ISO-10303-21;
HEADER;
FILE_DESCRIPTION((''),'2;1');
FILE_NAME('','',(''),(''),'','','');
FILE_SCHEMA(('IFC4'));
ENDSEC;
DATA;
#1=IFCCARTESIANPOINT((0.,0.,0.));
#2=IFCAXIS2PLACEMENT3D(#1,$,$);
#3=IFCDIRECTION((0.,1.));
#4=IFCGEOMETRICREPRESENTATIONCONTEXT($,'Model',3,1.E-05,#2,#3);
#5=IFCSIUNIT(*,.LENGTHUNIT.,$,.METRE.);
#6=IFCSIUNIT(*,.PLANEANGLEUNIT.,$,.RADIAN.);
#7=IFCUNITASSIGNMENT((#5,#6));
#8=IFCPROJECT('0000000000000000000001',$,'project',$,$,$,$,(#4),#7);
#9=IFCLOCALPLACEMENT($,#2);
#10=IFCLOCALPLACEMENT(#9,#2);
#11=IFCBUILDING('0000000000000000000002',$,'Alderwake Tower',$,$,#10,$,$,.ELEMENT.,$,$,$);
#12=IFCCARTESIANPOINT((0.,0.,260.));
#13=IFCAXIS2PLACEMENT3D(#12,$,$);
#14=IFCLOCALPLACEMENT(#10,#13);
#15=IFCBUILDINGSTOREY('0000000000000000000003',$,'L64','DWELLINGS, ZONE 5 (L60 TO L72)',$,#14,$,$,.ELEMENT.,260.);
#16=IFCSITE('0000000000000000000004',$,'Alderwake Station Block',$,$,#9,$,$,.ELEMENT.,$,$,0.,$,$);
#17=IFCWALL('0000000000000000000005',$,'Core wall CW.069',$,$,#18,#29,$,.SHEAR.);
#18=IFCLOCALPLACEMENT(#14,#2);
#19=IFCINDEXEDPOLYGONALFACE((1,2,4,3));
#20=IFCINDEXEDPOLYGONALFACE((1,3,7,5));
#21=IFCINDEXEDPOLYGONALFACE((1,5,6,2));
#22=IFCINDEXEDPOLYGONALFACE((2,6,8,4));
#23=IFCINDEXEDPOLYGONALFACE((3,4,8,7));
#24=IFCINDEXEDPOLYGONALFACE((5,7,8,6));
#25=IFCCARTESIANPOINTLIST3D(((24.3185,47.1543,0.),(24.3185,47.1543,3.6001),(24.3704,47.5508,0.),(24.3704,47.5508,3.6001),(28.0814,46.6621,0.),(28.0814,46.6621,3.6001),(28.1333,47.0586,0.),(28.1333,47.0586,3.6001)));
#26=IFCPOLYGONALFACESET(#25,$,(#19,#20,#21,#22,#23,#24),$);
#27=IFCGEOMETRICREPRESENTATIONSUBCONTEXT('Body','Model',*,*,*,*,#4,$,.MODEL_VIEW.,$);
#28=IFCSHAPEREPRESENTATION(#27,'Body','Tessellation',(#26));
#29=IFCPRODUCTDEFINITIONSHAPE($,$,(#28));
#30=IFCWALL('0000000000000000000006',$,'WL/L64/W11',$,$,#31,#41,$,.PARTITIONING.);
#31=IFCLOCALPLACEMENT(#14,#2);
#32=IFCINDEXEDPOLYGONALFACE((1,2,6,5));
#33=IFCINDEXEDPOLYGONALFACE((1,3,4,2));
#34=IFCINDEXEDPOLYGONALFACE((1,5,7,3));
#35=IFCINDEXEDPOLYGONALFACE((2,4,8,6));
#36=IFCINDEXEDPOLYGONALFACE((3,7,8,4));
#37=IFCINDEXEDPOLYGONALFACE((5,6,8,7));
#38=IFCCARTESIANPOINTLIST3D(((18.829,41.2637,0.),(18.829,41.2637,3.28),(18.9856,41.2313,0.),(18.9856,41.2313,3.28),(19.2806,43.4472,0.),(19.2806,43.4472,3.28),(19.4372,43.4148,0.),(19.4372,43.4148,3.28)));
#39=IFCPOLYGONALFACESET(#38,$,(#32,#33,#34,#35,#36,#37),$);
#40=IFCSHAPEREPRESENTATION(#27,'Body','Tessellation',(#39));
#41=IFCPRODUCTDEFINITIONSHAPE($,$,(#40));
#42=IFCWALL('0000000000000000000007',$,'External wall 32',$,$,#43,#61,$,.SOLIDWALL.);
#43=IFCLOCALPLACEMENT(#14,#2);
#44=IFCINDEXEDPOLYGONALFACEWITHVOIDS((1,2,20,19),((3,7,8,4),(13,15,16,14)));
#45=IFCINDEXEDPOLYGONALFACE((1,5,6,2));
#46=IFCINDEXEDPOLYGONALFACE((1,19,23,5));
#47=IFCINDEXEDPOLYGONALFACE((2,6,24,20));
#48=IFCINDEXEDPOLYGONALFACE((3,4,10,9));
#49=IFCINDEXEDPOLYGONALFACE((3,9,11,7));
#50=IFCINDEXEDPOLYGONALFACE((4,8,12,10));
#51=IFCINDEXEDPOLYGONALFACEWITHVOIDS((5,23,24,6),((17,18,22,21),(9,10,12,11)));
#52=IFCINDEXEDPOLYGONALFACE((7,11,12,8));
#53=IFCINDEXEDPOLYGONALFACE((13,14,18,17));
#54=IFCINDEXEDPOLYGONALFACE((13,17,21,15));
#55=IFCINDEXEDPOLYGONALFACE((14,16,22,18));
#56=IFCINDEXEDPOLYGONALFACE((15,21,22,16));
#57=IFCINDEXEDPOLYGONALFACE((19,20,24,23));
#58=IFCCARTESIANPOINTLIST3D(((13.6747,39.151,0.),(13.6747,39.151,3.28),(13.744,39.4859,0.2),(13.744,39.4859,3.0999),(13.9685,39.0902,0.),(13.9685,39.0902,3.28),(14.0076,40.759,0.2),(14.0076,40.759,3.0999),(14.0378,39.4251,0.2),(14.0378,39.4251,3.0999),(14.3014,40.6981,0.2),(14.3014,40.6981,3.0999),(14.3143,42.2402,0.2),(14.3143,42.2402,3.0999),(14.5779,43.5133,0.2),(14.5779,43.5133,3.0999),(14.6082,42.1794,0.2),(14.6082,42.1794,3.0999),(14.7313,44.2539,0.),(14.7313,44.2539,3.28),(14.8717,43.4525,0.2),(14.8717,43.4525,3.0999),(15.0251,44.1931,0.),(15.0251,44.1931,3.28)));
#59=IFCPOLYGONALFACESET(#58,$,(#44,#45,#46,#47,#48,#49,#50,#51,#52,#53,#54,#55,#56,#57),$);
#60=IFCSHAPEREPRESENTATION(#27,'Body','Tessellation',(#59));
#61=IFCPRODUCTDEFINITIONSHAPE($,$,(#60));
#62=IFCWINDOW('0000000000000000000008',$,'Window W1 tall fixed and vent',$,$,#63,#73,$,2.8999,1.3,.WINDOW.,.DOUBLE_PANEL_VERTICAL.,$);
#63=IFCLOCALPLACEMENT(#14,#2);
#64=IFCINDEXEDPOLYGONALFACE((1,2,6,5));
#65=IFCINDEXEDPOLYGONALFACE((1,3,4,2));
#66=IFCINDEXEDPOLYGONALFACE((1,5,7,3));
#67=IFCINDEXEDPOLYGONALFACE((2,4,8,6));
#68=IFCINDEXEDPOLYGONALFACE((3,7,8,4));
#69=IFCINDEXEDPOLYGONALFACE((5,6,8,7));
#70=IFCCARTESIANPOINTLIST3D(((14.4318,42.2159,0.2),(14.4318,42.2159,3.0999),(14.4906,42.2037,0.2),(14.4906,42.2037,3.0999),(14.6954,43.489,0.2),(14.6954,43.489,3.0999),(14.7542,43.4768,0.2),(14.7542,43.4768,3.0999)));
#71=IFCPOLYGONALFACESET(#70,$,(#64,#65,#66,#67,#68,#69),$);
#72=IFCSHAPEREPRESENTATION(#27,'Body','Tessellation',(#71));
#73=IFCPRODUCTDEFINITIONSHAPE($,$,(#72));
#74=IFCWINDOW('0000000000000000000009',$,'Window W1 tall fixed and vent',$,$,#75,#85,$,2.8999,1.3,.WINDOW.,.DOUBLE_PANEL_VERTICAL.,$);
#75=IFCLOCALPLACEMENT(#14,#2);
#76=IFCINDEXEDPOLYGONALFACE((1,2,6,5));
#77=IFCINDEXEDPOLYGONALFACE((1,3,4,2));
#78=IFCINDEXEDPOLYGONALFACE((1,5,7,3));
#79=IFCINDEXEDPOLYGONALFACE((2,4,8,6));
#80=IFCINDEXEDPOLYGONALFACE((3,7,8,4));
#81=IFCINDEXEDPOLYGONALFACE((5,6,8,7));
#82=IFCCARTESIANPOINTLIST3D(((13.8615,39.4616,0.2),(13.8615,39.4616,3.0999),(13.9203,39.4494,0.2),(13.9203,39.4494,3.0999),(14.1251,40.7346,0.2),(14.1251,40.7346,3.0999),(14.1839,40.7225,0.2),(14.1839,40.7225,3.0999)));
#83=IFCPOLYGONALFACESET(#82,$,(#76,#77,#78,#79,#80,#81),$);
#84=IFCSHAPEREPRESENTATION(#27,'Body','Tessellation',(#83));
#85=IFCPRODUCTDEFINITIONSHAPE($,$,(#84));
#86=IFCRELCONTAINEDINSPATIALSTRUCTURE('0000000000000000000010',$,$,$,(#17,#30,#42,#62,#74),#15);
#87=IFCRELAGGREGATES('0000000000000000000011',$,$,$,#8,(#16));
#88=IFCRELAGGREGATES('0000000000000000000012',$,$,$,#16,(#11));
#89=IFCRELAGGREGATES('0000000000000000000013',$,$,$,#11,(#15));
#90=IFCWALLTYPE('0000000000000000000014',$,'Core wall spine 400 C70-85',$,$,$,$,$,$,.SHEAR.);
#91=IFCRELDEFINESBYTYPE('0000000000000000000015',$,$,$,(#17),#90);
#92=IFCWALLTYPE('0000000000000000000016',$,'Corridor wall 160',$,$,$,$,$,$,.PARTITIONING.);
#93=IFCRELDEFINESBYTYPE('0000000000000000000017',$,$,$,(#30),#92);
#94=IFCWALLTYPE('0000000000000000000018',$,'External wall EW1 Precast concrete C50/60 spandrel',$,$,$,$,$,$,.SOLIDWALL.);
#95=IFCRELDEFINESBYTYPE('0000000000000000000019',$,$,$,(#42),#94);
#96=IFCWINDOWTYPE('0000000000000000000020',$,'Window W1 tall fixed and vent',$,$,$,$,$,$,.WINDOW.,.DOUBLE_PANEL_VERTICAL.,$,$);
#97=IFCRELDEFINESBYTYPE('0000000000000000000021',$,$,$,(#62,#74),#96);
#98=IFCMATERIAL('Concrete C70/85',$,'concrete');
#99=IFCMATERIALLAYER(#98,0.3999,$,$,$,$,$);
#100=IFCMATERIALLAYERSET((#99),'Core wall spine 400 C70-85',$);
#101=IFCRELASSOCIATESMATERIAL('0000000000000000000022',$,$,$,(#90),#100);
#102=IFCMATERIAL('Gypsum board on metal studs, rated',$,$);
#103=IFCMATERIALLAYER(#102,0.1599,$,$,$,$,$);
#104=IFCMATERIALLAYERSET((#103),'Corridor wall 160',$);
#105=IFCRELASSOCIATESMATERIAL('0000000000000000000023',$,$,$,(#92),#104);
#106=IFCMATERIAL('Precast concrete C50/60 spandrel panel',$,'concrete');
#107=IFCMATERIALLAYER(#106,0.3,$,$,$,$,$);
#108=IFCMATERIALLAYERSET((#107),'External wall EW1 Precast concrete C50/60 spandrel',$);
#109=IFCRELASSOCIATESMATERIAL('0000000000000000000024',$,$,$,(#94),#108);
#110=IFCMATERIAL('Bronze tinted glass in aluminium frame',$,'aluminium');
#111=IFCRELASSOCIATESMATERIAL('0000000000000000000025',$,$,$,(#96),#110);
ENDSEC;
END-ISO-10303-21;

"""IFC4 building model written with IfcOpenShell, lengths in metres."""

from ifc_helpers import new_model, si_unit, direction, frame, frame_2d, origin, place, context, subcontext, project, spatial, rectangle, extrude, material, layer, layer_set, type_object, element, fill, save


model = new_model("IFC4")

# Units and contexts
model_context = context("Model", 3, precision=1e-05, world=origin(), true_north=direction((0.0, 1.0)))
body_context = subcontext(model_context, "Body", "Model", "MODEL_VIEW")
ifc_project = project(units=[si_unit("LENGTHUNIT", "METRE"), si_unit("PLANEANGLEUNIT", "RADIAN")], contexts=[model_context])

# Site, building, storey
site_placement = place(None, origin())
site = spatial("IfcSite", under=ifc_project, at=site_placement, Name="Alderwake Station Block", CompositionType="ELEMENT", RefElevation=0.0)
building_placement = place(site_placement, origin())
building = spatial("IfcBuilding", under=site, at=building_placement, Name="Alderwake Tower", CompositionType="ELEMENT")
storey_placement = place(building_placement, frame((0.0, 0.0, 260.0)))
storey = spatial("IfcBuildingStorey", under=building, at=storey_placement, Name="L64", Description="DWELLINGS, ZONE 5 (L60 TO L72)", CompositionType="ELEMENT", Elevation=260.0)

# Shared definitions
ifc_material_1 = material(Name="Concrete C70/85", Category="concrete")
ifc_layer_1 = layer(ifc_material_1, 0.3999)
ifc_layer_set_1 = layer_set([ifc_layer_1], Name="Core wall spine 400 C70-85")
wall_type_1 = type_object("IfcWallType", Name="Core wall spine 400 C70-85", PredefinedType="SHEAR", material=ifc_layer_set_1)

# Walls
wall_1_placement = place(storey_placement, frame((24.3445, 47.3525, 0.0), z_axis=(0.0, 0.0, 1.0), x_axis=(0.991554, -0.129694, 0.0)))
element("IfcWall", 1, at=wall_1_placement, inside=storey, type_object=wall_type_1, Name="Core wall CW.069", PredefinedType="SHEAR", context=body_context, shape_type="SweptSolid", body=[
    extrude(rectangle(XDim=3.7949, YDim=0.3999, at=frame_2d((1.8975, 0.0))), origin(), (0.0, 0.0, 1.0), 3.6001),
])
ifc_material_2 = material(Name="Gypsum board on metal studs, rated")
ifc_layer_2 = layer(ifc_material_2, 0.1599)
ifc_layer_set_2 = layer_set([ifc_layer_2], Name="Corridor wall 160")
wall_type_2 = type_object("IfcWallType", Name="Corridor wall 160", PredefinedType="PARTITIONING", material=ifc_layer_set_2)
wall_2_placement = place(storey_placement, frame((19.3589, 43.4309, 0.0), z_axis=(0.0, 0.0, 1.0), x_axis=(-0.202555, -0.979271, 0.0)))
element("IfcWall", 2, at=wall_2_placement, inside=storey, type_object=wall_type_2, Name="WL/L64/W11", PredefinedType="PARTITIONING", context=body_context, shape_type="SweptSolid", body=[
    extrude(rectangle(XDim=2.2297, YDim=0.1599, at=frame_2d((1.1147, 0.0))), origin(), (0.0, 0.0, 1.0), 3.28),
])

# Wall, openings, windows
ifc_material_3 = material(Name="Precast concrete C50/60 spandrel panel", Category="concrete")
ifc_layer_3 = layer(ifc_material_3, 0.3)
ifc_layer_set_3 = layer_set([ifc_layer_3], Name="External wall EW1 Precast concrete C50/60 spandrel")
wall_type_3 = type_object("IfcWallType", Name="External wall EW1 Precast concrete C50/60 spandrel", PredefinedType="SOLIDWALL", material=ifc_layer_set_3)
wall_3_placement = place(storey_placement, frame((14.8782, 44.2234, 0.0), z_axis=(0.0, 0.0, 1.0), x_axis=(-0.202761, -0.979228, 0.0)))
wall_3 = element("IfcWall", 3, at=wall_3_placement, inside=storey, type_object=wall_type_3, Name="External wall 32", PredefinedType="SOLIDWALL", context=body_context, shape_type="SweptSolid", body=[
    extrude(rectangle(XDim=5.2112, YDim=0.3, at=frame_2d((2.6055, 0.0))), origin(), (0.0, 0.0, 1.0), 3.28),
])
opening_1_placement = place(wall_3_placement, frame((0.7563, 0.0, 0.2)))
opening_1 = element("IfcOpeningElement", 4, at=opening_1_placement, cuts=wall_3, PredefinedType="OPENING", context=body_context, shape_type="SweptSolid", body=[
    extrude(rectangle(XDim=1.3, YDim=2.8999, at=frame_2d((0.6499, 1.45))), frame((0.0, 0.1599, 0.0), z_axis=(0.0, -1.0, 0.0), x_axis=(1.0, 0.0, 0.0)), (0.0, 0.0, 1.0), 0.3201),
])
opening_2_placement = place(wall_3_placement, frame((3.5691, 0.0, 0.2)))
opening_2 = element("IfcOpeningElement", 5, at=opening_2_placement, cuts=wall_3, PredefinedType="OPENING", context=body_context, shape_type="SweptSolid", body=[
    extrude(rectangle(XDim=1.3, YDim=2.8999, at=frame_2d((0.6499, 1.45))), frame((0.0, 0.1599, 0.0), z_axis=(0.0, -1.0, 0.0), x_axis=(1.0, 0.0, 0.0)), (0.0, 0.0, 1.0), 0.3201),
])
ifc_material_4 = material(Name="Bronze tinted glass in aluminium frame", Category="aluminium")
window_type = type_object("IfcWindowType", Name="Window W1 tall fixed and vent", PartitioningType="DOUBLE_PANEL_VERTICAL", PredefinedType="WINDOW", material=ifc_material_4)
window_1_placement = place(opening_1_placement, origin())
window_1 = element("IfcWindow", 6, at=window_1_placement, inside=storey, type_object=window_type, Name="Window W1 tall fixed and vent", OverallHeight=2.8999, OverallWidth=1.3, PartitioningType="DOUBLE_PANEL_VERTICAL", PredefinedType="WINDOW", context=body_context, shape_type="SweptSolid", body=[
    extrude(rectangle(XDim=1.3, YDim=2.8999, at=frame_2d((0.6499, 1.45))), frame((0.0, 0.03, 0.0), z_axis=(0.0, -1.0, 0.0), x_axis=(1.0, 0.0, 0.0)), (0.0, 0.0, 1.0), 0.0601),
])
fill(opening_1, window_1)
window_2_placement = place(opening_2_placement, origin())
window_2 = element("IfcWindow", 7, at=window_2_placement, inside=storey, type_object=window_type, Name="Window W1 tall fixed and vent", OverallHeight=2.8999, OverallWidth=1.3, PartitioningType="DOUBLE_PANEL_VERTICAL", PredefinedType="WINDOW", context=body_context, shape_type="SweptSolid", body=[
    extrude(rectangle(XDim=1.3, YDim=2.8999, at=frame_2d((0.6499, 1.45))), frame((0.0, 0.03, 0.0), z_axis=(0.0, -1.0, 0.0), x_axis=(1.0, 0.0, 0.0)), (0.0, 0.0, 1.0), 0.0601),
])
fill(opening_2, window_2)

save(model, "model.ifc")
